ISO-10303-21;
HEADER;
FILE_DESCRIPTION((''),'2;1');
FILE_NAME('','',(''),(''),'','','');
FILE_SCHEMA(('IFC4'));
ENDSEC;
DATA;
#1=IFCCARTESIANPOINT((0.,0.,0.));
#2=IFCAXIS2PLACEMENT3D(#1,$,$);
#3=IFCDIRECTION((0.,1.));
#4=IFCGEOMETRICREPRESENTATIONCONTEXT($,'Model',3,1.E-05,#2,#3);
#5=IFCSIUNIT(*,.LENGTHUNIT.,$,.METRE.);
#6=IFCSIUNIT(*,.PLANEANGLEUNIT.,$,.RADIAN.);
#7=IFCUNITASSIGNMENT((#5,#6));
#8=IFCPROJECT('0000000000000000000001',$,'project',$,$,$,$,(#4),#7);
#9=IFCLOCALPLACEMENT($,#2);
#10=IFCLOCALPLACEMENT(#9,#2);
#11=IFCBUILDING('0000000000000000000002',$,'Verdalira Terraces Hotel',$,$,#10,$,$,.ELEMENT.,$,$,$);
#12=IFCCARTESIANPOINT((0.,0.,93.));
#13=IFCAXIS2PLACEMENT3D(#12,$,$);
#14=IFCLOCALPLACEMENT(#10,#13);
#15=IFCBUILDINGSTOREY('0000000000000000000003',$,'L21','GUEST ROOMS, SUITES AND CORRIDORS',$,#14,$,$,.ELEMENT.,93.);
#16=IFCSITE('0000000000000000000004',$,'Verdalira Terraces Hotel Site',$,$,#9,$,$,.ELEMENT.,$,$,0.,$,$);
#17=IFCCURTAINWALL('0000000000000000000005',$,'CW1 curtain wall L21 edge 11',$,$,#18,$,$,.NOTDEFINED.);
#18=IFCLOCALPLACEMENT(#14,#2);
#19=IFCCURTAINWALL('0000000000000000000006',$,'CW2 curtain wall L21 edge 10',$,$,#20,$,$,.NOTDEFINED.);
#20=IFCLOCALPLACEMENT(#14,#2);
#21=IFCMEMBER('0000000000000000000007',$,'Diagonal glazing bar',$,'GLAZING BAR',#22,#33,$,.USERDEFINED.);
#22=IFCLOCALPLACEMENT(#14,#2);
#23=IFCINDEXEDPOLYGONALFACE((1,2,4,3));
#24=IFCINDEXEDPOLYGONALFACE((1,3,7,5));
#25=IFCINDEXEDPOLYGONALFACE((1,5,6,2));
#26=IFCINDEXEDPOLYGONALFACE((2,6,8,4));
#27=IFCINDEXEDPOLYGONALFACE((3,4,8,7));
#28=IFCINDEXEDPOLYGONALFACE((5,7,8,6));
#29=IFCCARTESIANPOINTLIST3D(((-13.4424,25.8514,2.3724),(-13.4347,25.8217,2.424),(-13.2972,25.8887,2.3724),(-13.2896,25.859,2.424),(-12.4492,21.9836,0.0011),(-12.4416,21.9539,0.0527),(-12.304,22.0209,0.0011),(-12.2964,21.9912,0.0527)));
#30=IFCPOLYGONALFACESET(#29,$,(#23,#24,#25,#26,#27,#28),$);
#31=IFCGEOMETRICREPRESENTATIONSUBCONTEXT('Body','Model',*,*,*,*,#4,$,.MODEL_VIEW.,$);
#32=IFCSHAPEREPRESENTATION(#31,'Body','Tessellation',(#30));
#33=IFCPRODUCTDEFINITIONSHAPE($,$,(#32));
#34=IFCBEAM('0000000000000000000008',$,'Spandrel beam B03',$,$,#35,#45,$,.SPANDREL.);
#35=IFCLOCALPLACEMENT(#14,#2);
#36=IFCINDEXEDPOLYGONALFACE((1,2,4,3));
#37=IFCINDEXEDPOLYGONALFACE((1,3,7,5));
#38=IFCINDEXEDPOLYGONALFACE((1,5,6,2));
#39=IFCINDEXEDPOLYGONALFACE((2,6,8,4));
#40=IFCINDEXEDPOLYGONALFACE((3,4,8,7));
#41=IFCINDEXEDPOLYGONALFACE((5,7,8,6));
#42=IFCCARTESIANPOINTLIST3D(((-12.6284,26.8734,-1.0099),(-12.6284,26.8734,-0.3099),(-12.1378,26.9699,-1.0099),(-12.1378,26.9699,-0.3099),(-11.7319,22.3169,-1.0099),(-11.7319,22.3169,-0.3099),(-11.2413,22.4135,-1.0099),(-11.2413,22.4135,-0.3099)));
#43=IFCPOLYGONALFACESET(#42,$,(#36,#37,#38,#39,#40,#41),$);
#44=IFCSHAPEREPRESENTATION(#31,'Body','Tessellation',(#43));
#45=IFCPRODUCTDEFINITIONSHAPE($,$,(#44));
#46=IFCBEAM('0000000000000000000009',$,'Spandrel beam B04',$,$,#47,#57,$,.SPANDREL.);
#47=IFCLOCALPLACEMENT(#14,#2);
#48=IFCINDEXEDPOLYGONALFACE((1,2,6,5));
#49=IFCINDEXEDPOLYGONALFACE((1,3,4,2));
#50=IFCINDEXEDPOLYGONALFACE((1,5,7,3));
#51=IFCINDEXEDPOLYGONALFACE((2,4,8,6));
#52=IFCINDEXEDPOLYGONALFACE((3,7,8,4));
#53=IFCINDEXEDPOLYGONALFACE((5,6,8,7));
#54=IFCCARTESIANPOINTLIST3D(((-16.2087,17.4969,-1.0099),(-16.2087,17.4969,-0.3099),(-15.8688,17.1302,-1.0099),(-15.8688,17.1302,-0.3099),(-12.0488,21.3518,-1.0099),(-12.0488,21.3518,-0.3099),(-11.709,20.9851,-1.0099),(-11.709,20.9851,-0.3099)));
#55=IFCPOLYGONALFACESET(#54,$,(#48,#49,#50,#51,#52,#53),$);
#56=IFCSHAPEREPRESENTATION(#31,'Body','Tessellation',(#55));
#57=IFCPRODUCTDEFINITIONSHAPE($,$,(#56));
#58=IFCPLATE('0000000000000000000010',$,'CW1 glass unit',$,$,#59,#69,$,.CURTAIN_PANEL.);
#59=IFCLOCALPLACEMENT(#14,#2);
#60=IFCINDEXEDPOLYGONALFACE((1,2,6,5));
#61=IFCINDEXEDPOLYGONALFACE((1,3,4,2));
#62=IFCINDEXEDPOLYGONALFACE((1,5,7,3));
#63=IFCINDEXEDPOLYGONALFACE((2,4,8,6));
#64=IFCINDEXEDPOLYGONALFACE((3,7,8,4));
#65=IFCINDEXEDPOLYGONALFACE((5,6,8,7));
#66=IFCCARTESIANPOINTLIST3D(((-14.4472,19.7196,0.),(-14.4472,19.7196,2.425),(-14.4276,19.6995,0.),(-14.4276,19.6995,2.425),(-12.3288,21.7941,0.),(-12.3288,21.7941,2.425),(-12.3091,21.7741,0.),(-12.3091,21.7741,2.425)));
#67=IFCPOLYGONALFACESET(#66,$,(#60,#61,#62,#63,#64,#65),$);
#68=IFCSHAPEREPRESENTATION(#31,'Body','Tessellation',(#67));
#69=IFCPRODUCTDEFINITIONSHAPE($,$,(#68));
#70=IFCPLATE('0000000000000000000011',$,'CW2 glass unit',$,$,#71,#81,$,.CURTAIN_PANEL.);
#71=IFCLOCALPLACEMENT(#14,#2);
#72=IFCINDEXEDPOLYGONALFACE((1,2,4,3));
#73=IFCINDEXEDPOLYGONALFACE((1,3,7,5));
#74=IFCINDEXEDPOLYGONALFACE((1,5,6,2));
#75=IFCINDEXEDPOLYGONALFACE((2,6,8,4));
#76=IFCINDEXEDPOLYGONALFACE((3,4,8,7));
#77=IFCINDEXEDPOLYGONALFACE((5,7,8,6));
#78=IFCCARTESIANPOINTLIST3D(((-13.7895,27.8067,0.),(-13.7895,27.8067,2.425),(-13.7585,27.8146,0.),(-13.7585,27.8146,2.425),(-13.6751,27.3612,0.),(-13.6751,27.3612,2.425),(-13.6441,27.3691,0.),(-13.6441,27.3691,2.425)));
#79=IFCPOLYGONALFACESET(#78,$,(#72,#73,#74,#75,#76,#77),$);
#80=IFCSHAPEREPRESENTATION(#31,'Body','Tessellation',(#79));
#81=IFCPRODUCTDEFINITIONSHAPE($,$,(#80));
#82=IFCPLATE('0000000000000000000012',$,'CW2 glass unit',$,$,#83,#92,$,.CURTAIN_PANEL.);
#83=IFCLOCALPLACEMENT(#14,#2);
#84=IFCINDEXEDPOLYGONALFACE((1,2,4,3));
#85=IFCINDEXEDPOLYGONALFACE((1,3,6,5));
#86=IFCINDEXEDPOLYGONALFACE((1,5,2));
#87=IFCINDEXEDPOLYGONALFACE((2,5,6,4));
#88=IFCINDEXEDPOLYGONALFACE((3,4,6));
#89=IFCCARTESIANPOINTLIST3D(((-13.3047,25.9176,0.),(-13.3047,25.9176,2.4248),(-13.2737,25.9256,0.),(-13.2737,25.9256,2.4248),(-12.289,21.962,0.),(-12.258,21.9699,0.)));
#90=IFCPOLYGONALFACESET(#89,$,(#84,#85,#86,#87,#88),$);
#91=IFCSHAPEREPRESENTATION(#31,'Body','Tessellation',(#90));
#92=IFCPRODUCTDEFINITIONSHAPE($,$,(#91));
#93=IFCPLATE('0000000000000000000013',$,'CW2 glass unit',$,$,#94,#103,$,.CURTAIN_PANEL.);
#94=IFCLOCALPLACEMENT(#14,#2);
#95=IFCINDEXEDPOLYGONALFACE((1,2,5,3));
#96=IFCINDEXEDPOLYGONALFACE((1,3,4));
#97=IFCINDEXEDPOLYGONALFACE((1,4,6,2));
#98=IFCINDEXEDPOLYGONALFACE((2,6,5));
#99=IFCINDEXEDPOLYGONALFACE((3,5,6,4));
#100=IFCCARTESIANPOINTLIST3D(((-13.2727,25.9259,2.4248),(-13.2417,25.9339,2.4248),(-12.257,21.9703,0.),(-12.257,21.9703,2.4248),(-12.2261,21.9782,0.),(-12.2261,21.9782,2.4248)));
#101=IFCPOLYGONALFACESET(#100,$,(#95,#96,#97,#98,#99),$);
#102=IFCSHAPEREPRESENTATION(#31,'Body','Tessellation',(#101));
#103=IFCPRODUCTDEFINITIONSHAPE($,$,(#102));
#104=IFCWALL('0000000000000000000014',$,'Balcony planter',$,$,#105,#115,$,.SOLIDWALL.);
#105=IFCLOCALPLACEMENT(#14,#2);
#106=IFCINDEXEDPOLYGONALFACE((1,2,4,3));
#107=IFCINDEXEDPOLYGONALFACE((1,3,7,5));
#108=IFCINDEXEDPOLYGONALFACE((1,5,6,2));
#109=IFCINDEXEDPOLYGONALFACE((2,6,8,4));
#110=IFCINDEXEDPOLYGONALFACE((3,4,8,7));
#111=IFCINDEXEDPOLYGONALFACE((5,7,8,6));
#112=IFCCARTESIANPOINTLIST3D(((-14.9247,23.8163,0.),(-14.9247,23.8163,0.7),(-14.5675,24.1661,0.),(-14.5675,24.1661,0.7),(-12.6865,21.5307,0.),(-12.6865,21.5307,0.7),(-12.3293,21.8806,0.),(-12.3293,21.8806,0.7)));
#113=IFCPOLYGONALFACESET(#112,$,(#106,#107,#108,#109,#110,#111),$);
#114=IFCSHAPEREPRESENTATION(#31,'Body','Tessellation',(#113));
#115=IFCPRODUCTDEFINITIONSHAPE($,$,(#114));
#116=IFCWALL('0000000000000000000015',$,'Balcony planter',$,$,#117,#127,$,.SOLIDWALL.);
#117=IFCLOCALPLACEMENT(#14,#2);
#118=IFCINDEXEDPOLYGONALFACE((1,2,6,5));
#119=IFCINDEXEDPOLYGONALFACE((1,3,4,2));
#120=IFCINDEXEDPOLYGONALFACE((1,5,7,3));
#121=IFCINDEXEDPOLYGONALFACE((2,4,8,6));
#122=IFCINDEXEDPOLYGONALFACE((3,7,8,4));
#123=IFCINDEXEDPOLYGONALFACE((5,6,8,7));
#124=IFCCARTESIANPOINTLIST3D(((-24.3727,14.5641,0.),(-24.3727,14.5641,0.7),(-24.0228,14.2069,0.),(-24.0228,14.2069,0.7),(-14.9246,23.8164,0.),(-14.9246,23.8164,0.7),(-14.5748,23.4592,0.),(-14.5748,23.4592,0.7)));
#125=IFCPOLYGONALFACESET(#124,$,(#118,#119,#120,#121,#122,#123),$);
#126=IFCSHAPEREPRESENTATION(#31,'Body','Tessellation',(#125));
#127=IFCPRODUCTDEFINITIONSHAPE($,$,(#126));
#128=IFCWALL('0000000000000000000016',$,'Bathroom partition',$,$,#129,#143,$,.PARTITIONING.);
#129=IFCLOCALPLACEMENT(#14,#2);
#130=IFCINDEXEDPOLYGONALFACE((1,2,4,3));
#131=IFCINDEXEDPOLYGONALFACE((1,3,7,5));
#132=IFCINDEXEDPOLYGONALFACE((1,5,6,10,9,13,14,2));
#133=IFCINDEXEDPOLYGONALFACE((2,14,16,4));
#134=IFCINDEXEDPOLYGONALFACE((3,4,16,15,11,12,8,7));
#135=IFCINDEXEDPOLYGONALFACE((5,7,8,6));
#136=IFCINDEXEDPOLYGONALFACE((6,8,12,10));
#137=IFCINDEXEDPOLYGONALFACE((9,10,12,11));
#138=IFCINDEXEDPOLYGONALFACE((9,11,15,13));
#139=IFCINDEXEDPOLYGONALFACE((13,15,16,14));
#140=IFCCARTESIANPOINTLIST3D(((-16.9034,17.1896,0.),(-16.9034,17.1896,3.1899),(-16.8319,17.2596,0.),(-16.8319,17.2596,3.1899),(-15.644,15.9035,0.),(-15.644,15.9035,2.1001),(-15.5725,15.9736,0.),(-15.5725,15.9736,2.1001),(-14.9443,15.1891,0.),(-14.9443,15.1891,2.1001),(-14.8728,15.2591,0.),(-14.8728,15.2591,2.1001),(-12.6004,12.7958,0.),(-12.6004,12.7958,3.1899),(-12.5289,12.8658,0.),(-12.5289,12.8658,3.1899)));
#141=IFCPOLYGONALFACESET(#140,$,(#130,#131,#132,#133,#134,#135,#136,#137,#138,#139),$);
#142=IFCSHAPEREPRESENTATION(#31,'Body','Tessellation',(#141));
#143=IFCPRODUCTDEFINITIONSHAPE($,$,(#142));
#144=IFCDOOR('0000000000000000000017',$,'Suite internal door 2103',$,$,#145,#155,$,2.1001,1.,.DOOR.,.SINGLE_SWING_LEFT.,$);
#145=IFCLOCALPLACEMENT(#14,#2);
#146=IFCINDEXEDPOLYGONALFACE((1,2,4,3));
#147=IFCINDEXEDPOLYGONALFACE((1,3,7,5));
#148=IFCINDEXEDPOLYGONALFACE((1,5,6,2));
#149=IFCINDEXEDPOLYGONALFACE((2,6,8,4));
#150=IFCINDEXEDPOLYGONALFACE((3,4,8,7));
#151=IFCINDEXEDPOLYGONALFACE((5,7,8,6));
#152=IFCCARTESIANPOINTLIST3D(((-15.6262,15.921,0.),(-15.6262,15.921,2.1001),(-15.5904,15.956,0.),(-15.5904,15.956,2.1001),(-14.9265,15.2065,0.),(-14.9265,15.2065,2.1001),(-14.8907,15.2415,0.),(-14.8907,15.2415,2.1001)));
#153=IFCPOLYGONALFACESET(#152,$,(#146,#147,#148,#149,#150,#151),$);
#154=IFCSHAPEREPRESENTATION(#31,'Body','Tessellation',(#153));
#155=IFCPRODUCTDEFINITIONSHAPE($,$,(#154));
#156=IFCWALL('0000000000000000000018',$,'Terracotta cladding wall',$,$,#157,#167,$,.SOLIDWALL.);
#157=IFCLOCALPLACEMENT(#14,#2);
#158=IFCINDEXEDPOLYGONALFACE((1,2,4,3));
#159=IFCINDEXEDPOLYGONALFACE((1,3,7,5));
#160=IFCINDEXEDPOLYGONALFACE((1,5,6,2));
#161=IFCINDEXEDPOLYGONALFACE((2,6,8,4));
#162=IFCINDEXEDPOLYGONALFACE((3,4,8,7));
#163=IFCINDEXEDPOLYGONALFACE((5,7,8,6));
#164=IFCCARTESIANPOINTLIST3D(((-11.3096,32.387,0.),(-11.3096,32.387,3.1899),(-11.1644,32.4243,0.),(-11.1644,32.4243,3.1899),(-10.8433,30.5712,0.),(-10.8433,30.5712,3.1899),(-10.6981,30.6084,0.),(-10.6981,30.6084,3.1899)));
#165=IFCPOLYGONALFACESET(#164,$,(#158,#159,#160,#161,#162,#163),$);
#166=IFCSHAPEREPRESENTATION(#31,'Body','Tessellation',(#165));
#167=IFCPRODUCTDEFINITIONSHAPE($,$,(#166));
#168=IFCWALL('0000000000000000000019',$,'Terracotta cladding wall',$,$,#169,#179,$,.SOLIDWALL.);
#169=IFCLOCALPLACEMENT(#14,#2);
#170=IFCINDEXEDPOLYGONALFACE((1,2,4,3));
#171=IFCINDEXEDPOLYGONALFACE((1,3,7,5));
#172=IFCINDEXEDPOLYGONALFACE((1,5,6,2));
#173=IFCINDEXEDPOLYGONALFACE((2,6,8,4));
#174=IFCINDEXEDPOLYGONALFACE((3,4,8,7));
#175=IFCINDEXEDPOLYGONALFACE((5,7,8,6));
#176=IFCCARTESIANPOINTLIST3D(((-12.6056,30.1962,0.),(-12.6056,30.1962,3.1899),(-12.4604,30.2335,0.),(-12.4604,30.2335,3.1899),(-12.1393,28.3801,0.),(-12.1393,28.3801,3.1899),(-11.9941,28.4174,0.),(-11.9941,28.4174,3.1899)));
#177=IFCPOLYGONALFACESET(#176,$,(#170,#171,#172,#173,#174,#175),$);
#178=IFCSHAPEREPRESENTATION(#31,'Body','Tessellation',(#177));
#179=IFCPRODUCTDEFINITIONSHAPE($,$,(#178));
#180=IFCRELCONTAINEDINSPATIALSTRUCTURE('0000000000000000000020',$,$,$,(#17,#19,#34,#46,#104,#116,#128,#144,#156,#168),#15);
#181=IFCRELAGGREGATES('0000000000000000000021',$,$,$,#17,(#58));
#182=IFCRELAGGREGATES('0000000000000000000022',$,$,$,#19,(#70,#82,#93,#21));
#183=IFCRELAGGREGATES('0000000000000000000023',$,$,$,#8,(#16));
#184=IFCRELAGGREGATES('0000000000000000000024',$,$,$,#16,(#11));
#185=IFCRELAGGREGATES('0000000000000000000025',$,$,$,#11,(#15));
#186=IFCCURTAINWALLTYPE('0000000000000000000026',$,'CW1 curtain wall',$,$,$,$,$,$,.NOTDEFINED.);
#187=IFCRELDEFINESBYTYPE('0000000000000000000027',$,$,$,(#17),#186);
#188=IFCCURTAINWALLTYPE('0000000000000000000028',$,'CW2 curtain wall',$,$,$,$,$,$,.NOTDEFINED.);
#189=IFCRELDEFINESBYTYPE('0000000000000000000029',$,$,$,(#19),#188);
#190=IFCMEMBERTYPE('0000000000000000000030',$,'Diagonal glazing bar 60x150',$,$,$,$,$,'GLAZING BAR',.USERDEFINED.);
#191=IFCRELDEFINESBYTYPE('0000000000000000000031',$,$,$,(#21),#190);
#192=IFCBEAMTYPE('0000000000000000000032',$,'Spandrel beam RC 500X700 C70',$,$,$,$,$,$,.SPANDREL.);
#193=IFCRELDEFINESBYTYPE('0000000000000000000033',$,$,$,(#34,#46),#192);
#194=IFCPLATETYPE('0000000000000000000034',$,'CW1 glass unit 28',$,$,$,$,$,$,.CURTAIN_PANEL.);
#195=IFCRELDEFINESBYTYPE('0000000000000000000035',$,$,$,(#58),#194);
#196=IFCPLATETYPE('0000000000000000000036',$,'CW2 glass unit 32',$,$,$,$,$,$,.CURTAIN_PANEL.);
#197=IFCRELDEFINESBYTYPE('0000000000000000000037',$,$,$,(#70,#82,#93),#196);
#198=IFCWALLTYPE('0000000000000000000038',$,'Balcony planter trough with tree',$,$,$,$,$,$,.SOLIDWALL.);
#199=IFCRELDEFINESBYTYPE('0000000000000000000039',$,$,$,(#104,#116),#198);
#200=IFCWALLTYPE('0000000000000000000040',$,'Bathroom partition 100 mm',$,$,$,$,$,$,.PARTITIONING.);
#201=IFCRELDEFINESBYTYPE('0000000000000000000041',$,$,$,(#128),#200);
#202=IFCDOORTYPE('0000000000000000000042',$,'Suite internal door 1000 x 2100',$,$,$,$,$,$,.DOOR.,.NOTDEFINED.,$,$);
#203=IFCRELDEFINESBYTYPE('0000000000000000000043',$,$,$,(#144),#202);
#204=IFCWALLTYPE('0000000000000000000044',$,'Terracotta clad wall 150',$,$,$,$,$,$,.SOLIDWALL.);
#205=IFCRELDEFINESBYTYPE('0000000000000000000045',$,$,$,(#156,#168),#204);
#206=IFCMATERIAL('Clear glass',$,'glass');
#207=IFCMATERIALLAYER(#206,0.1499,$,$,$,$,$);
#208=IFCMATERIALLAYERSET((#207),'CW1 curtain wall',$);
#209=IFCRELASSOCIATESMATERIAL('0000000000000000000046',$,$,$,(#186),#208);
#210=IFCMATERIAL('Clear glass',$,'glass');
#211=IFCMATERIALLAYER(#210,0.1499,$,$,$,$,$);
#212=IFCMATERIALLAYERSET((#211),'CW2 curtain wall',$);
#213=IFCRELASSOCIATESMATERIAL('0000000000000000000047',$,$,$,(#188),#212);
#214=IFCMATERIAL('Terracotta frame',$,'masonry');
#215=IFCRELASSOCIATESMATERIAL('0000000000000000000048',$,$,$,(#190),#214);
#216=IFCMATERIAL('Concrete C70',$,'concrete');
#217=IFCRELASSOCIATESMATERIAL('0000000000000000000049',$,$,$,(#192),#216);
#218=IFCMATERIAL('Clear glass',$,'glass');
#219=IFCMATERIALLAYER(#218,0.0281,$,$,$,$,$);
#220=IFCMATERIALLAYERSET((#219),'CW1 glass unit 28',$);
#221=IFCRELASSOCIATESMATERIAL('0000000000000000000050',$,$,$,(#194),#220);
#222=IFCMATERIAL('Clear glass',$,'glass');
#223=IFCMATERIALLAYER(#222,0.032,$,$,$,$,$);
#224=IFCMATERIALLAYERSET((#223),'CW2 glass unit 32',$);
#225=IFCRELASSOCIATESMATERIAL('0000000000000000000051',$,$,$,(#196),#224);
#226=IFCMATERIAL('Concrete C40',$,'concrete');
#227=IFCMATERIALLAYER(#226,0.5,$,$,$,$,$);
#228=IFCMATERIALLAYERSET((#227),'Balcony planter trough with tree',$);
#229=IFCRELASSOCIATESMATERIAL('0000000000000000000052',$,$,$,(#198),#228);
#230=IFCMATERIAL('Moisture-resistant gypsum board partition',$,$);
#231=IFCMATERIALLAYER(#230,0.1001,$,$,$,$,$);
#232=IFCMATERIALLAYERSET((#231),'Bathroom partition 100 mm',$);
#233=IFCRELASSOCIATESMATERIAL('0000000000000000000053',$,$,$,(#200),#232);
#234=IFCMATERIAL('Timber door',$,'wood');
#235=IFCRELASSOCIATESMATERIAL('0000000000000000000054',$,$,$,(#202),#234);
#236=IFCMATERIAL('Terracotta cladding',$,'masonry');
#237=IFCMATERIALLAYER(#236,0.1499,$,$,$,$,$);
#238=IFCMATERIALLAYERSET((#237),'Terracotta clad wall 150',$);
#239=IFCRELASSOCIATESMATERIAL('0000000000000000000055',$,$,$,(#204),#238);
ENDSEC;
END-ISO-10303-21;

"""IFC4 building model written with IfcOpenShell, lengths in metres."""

from ifc_helpers import new_model, si_unit, direction, frame, frame_2d, origin, origin_2d, place, context, subcontext, project, spatial, polyline, rectangle, outline, extrude, material, layer, layer_set, material_profile, profile_set, type_object, element, fill, aggregate, save


model = new_model("IFC4")

# Units and contexts
model_context = context("Model", 3, precision=1e-05, world=origin(), true_north=direction((0.0, 1.0)))
body_context = subcontext(model_context, "Body", "Model", "MODEL_VIEW")
ifc_project = project(units=[si_unit("LENGTHUNIT", "METRE"), si_unit("PLANEANGLEUNIT", "RADIAN")], contexts=[model_context])

# Site, building, storey
site_placement = place(None, origin())
site = spatial("IfcSite", under=ifc_project, at=site_placement, Name="Verdalira Terraces Hotel Site", CompositionType="ELEMENT", RefElevation=0.0)
building_placement = place(site_placement, origin())
building = spatial("IfcBuilding", under=site, at=building_placement, Name="Verdalira Terraces Hotel", CompositionType="ELEMENT")
storey_placement = place(building_placement, frame((0.0, 0.0, 93.0)))
storey = spatial("IfcBuildingStorey", under=building, at=storey_placement, Name="L21", Description="GUEST ROOMS, SUITES AND CORRIDORS", CompositionType="ELEMENT", Elevation=93.0)

# Curtain walls
ifc_material_1 = material(Name="Clear glass", Category="glass")
ifc_layer_1 = layer(ifc_material_1, 0.1499)
ifc_layer_set_1 = layer_set([ifc_layer_1], Name="CW1 curtain wall")
curtain_wall_type_1 = type_object("IfcCurtainWallType", Name="CW1 curtain wall", PredefinedType="NOTDEFINED", material=ifc_layer_set_1)
curtain_wall_1_placement = place(storey_placement, origin())
curtain_wall_1 = element("IfcCurtainWall", 1, at=curtain_wall_1_placement, inside=storey, type_object=curtain_wall_type_1, Name="CW1 curtain wall L21 edge 11", PredefinedType="NOTDEFINED")
ifc_material_2 = material(Name="Clear glass", Category="glass")
ifc_layer_2 = layer(ifc_material_2, 0.1499)
ifc_layer_set_2 = layer_set([ifc_layer_2], Name="CW2 curtain wall")
curtain_wall_type_2 = type_object("IfcCurtainWallType", Name="CW2 curtain wall", PredefinedType="NOTDEFINED", material=ifc_layer_set_2)
curtain_wall_2_placement = place(storey_placement, origin())
curtain_wall_2 = element("IfcCurtainWall", 2, at=curtain_wall_2_placement, inside=storey, type_object=curtain_wall_type_2, Name="CW2 curtain wall L21 edge 10", PredefinedType="NOTDEFINED")

# Member
ifc_material_3 = material(Name="Terracotta frame", Category="masonry")
ifc_material_profile_1 = material_profile(ifc_material_3, rectangle(XDim=0.1499, YDim=0.0601, at=origin_2d()), Name="GB 60x150")
ifc_profile_set_1 = profile_set([ifc_material_profile_1], Name="Terracotta frame")
member_type_1 = type_object("IfcMemberType", Name="Diagonal glazing bar 60x150", ElementType="GLAZING BAR", PredefinedType="USERDEFINED", material=ifc_profile_set_1)
member_1_placement = place(storey_placement, frame((-13.366, 25.8552, 2.3982), z_axis=(0.213841, -0.832814, -0.51058), x_axis=(0.96858, 0.248702, 0.0)))
member_1 = element("IfcMember", 3, at=member_1_placement, type_object=member_type_1, Name="Diagonal glazing bar", ObjectType="GLAZING BAR", PredefinedType="USERDEFINED", context=body_context, shape_type="SweptSolid", body=[
    extrude(rectangle(XDim=0.1499, YDim=0.0601, at=origin_2d()), origin(), (0.0, 0.0, 1.0), 4.6443),
])

# Beams
ifc_material_4 = material(Name="Concrete C70", Category="concrete")
ifc_material_profile_2 = material_profile(ifc_material_4, rectangle(XDim=0.5, YDim=0.7, at=origin_2d()), Name="RC 500X700")
ifc_profile_set_2 = profile_set([ifc_material_profile_2], Name="Concrete C70")
beam_type_1 = type_object("IfcBeamType", Name="Spandrel beam RC 500X700 C70", PredefinedType="SPANDREL", material=ifc_profile_set_2)
beam_1_placement = place(storey_placement, frame((-12.3831, 26.9216, -0.6599), z_axis=(0.193052, -0.981189, 0.0), x_axis=(0.981189, 0.193052, 0.0)))
element("IfcBeam", 4, at=beam_1_placement, inside=storey, type_object=beam_type_1, Name="Spandrel beam B03", PredefinedType="SPANDREL", context=body_context, shape_type="SweptSolid", body=[
    extrude(rectangle(XDim=0.5, YDim=0.7, at=origin_2d()), origin(), (0.0, 0.0, 1.0), 4.6438),
])
beam_2_placement = place(storey_placement, frame((-11.8789, 21.1685, -0.6599), z_axis=(-0.733478, -0.679713, 0.0), x_axis=(0.679713, -0.733478, 0.0)))
element("IfcBeam", 5, at=beam_2_placement, inside=storey, type_object=beam_type_1, Name="Spandrel beam B04", PredefinedType="SPANDREL", context=body_context, shape_type="SweptSolid", body=[
    extrude(rectangle(XDim=0.5, YDim=0.7, at=origin_2d()), origin(), (0.0, 0.0, 1.0), 5.6714),
])

# Plates
ifc_material_5 = material(Name="Clear glass", Category="glass")
ifc_layer_3 = layer(ifc_material_5, 0.0281)
ifc_layer_set_3 = layer_set([ifc_layer_3], Name="CW1 glass unit 28")
plate_type_1 = type_object("IfcPlateType", Name="CW1 glass unit 28", PredefinedType="CURTAIN_PANEL", material=ifc_layer_set_3)
plate_1_placement = place(storey_placement, frame((-13.3782, 20.7468, 0.0), z_axis=(0.0, 0.0, 1.0), x_axis=(-0.714473, -0.699663, 0.0)))
plate_1 = element("IfcPlate", 6, at=plate_1_placement, type_object=plate_type_1, Name="CW1 glass unit", PredefinedType="CURTAIN_PANEL", context=body_context, shape_type="SweptSolid", body=[
    extrude(rectangle(XDim=2.9651, YDim=0.0281, at=origin_2d()), origin(), (0.0, 0.0, 1.0), 2.425),
])
aggregate(curtain_wall_1, [plate_1])
ifc_material_6 = material(Name="Clear glass", Category="glass")
ifc_layer_4 = layer(ifc_material_6, 0.032)
ifc_layer_set_4 = layer_set([ifc_layer_4], Name="CW2 glass unit 32")
plate_type_2 = type_object("IfcPlateType", Name="CW2 glass unit 32", PredefinedType="CURTAIN_PANEL", material=ifc_layer_set_4)
plate_2_placement = place(storey_placement, frame((-13.7168, 27.5879, 0.0), z_axis=(0.0, 0.0, 1.0), x_axis=(0.24869, -0.968583, 0.0)))
plate_2 = element("IfcPlate", 7, at=plate_2_placement, type_object=plate_type_2, Name="CW2 glass unit", PredefinedType="CURTAIN_PANEL", context=body_context, shape_type="SweptSolid", body=[
    extrude(rectangle(XDim=0.46, YDim=0.032, at=origin_2d()), origin(), (0.0, 0.0, 1.0), 2.425),
])
plate_3_placement = place(storey_placement, frame((-12.7659, 23.9478, 1.2124), z_axis=(-0.968583, -0.24869, 0.0), x_axis=(0.24869, -0.968583, 0.0)))
plate_3 = element("IfcPlate", 8, at=plate_3_placement, type_object=plate_type_2, Name="CW2 glass unit", PredefinedType="CURTAIN_PANEL", context=body_context, shape_type="SweptSolid", body=[
    extrude(outline(polyline([(-2.042, -1.2124), (2.042, -1.2124), (-2.042, 1.2124), (-2.042, -1.2124)])), origin(), (0.0, 0.0, 1.0), 0.032),
])
plate_4_placement = place(storey_placement, frame((-12.7339, 23.9561, 1.2124), z_axis=(-0.968583, -0.24869, 0.0), x_axis=(0.24869, -0.968583, 0.0)))
plate_4 = element("IfcPlate", 9, at=plate_4_placement, type_object=plate_type_2, Name="CW2 glass unit", PredefinedType="CURTAIN_PANEL", context=body_context, shape_type="SweptSolid", body=[
    extrude(outline(polyline([(2.042, -1.2124), (2.042, 1.2124), (-2.042, 1.2124), (2.042, -1.2124)])), origin(), (0.0, 0.0, 1.0), 0.032),
])
aggregate(curtain_wall_2, [plate_2, plate_3, plate_4, member_1])

# Walls
ifc_material_7 = material(Name="Concrete C40", Category="concrete")
ifc_layer_5 = layer(ifc_material_7, 0.5)
ifc_layer_set_5 = layer_set([ifc_layer_5], Name="Balcony planter trough with tree")
wall_type_1 = type_object("IfcWallType", Name="Balcony planter trough with tree", PredefinedType="SOLIDWALL", material=ifc_layer_set_5)
wall_1_placement = place(storey_placement, frame((-12.5078, 21.7056, 0.0), z_axis=(0.0, 0.0, 1.0), x_axis=(-0.699665, 0.714471, 0.0)))
element("IfcWall", 10, at=wall_1_placement, inside=storey, type_object=wall_type_1, Name="Balcony planter", PredefinedType="SOLIDWALL", context=body_context, shape_type="SweptSolid", body=[
    extrude(rectangle(XDim=3.199, YDim=0.5, at=frame_2d((1.5996, 0.0))), origin(), (0.0, 0.0, 1.0), 0.7),
])
wall_2_placement = place(storey_placement, frame((-14.7498, 23.6377, 0.0), z_axis=(0.0, 0.0, 1.0), x_axis=(-0.714471, -0.699665, 0.0)))
element("IfcWall", 11, at=wall_2_placement, inside=storey, type_object=wall_type_1, Name="Balcony planter", PredefinedType="SOLIDWALL", context=body_context, shape_type="SweptSolid", body=[
    extrude(rectangle(XDim=13.2239, YDim=0.5, at=frame_2d((6.6118, 0.0))), origin(), (0.0, 0.0, 1.0), 0.7),
])

# Wall, opening, door
ifc_material_8 = material(Name="Moisture-resistant gypsum board partition")
ifc_layer_6 = layer(ifc_material_8, 0.1001)
ifc_layer_set_6 = layer_set([ifc_layer_6], Name="Bathroom partition 100 mm")
wall_type_2 = type_object("IfcWallType", Name="Bathroom partition 100 mm", PredefinedType="PARTITIONING", material=ifc_layer_set_6)
wall_3_placement = place(storey_placement, frame((-16.8677, 17.2246, 0.0), z_axis=(0.0, 0.0, 1.0), x_axis=(0.699684, -0.714452, 0.0)))
wall_3 = element("IfcWall", 12, at=wall_3_placement, inside=storey, type_object=wall_type_2, Name="Bathroom partition", PredefinedType="PARTITIONING", context=body_context, shape_type="SweptSolid", body=[
    extrude(rectangle(XDim=6.1499, YDim=0.1001, at=frame_2d((3.075, 0.0))), origin(), (0.0, 0.0, 1.0), 3.1899),
])
opening_1_placement = place(wall_3_placement, frame((1.8, 0.0, 0.0)))
opening_1 = element("IfcOpeningElement", 13, at=opening_1_placement, cuts=wall_3, PredefinedType="OPENING", context=body_context, shape_type="SweptSolid", body=[
    extrude(rectangle(XDim=1.0, YDim=2.1001, at=frame_2d((0.5, 1.05))), frame((0.0, 0.0601, 0.0), z_axis=(0.0, -1.0, 0.0), x_axis=(1.0, 0.0, 0.0)), (0.0, 0.0, 1.0), 0.1201),
])
ifc_material_9 = material(Name="Timber door", Category="wood")
door_type_1 = type_object("IfcDoorType", Name="Suite internal door 1000 x 2100", OperationType="NOTDEFINED", PredefinedType="DOOR", material=ifc_material_9)
door_1_placement = place(opening_1_placement, origin())
door_1 = element("IfcDoor", 14, at=door_1_placement, inside=storey, type_object=door_type_1, Name="Suite internal door 2103", OperationType="SINGLE_SWING_LEFT", OverallHeight=2.1001, OverallWidth=1.0, PredefinedType="DOOR", context=body_context, shape_type="SweptSolid", body=[
    extrude(rectangle(XDim=1.0, YDim=2.1001, at=frame_2d((0.5, 1.05))), frame((0.0, 0.0249, 0.0), z_axis=(0.0, -1.0, 0.0), x_axis=(1.0, 0.0, 0.0)), (0.0, 0.0, 1.0), 0.05),
])
fill(opening_1, door_1)

# Walls
ifc_material_10 = material(Name="Terracotta cladding", Category="masonry")
ifc_layer_7 = layer(ifc_material_10, 0.1499)
ifc_layer_set_7 = layer_set([ifc_layer_7], Name="Terracotta clad wall 150")
wall_type_3 = type_object("IfcWallType", Name="Terracotta clad wall 150", PredefinedType="SOLIDWALL", material=ifc_layer_set_7)
wall_4_placement = place(storey_placement, frame((-11.2371, 32.4058, 0.0), z_axis=(0.0, 0.0, 1.0), x_axis=(0.24872, -0.968575, 0.0)))
element("IfcWall", 15, at=wall_4_placement, inside=storey, type_object=wall_type_3, Name="Terracotta cladding wall", PredefinedType="SOLIDWALL", context=body_context, shape_type="SweptSolid", body=[
    extrude(rectangle(XDim=1.8748, YDim=0.1499, at=frame_2d((0.9375, 0.0))), origin(), (0.0, 0.0, 1.0), 3.1899),
])
wall_5_placement = place(storey_placement, frame((-12.533, 30.2148, 0.0), z_axis=(0.0, 0.0, 1.0), x_axis=(0.248689, -0.968583, 0.0)))
element("IfcWall", 16, at=wall_5_placement, inside=storey, type_object=wall_type_3, Name="Terracotta cladding wall", PredefinedType="SOLIDWALL", context=body_context, shape_type="SweptSolid", body=[
    extrude(rectangle(XDim=1.875, YDim=0.1499, at=frame_2d((0.9375, 0.0))), origin(), (0.0, 0.0, 1.0), 3.1899),
])

save(model, "model.ifc")
